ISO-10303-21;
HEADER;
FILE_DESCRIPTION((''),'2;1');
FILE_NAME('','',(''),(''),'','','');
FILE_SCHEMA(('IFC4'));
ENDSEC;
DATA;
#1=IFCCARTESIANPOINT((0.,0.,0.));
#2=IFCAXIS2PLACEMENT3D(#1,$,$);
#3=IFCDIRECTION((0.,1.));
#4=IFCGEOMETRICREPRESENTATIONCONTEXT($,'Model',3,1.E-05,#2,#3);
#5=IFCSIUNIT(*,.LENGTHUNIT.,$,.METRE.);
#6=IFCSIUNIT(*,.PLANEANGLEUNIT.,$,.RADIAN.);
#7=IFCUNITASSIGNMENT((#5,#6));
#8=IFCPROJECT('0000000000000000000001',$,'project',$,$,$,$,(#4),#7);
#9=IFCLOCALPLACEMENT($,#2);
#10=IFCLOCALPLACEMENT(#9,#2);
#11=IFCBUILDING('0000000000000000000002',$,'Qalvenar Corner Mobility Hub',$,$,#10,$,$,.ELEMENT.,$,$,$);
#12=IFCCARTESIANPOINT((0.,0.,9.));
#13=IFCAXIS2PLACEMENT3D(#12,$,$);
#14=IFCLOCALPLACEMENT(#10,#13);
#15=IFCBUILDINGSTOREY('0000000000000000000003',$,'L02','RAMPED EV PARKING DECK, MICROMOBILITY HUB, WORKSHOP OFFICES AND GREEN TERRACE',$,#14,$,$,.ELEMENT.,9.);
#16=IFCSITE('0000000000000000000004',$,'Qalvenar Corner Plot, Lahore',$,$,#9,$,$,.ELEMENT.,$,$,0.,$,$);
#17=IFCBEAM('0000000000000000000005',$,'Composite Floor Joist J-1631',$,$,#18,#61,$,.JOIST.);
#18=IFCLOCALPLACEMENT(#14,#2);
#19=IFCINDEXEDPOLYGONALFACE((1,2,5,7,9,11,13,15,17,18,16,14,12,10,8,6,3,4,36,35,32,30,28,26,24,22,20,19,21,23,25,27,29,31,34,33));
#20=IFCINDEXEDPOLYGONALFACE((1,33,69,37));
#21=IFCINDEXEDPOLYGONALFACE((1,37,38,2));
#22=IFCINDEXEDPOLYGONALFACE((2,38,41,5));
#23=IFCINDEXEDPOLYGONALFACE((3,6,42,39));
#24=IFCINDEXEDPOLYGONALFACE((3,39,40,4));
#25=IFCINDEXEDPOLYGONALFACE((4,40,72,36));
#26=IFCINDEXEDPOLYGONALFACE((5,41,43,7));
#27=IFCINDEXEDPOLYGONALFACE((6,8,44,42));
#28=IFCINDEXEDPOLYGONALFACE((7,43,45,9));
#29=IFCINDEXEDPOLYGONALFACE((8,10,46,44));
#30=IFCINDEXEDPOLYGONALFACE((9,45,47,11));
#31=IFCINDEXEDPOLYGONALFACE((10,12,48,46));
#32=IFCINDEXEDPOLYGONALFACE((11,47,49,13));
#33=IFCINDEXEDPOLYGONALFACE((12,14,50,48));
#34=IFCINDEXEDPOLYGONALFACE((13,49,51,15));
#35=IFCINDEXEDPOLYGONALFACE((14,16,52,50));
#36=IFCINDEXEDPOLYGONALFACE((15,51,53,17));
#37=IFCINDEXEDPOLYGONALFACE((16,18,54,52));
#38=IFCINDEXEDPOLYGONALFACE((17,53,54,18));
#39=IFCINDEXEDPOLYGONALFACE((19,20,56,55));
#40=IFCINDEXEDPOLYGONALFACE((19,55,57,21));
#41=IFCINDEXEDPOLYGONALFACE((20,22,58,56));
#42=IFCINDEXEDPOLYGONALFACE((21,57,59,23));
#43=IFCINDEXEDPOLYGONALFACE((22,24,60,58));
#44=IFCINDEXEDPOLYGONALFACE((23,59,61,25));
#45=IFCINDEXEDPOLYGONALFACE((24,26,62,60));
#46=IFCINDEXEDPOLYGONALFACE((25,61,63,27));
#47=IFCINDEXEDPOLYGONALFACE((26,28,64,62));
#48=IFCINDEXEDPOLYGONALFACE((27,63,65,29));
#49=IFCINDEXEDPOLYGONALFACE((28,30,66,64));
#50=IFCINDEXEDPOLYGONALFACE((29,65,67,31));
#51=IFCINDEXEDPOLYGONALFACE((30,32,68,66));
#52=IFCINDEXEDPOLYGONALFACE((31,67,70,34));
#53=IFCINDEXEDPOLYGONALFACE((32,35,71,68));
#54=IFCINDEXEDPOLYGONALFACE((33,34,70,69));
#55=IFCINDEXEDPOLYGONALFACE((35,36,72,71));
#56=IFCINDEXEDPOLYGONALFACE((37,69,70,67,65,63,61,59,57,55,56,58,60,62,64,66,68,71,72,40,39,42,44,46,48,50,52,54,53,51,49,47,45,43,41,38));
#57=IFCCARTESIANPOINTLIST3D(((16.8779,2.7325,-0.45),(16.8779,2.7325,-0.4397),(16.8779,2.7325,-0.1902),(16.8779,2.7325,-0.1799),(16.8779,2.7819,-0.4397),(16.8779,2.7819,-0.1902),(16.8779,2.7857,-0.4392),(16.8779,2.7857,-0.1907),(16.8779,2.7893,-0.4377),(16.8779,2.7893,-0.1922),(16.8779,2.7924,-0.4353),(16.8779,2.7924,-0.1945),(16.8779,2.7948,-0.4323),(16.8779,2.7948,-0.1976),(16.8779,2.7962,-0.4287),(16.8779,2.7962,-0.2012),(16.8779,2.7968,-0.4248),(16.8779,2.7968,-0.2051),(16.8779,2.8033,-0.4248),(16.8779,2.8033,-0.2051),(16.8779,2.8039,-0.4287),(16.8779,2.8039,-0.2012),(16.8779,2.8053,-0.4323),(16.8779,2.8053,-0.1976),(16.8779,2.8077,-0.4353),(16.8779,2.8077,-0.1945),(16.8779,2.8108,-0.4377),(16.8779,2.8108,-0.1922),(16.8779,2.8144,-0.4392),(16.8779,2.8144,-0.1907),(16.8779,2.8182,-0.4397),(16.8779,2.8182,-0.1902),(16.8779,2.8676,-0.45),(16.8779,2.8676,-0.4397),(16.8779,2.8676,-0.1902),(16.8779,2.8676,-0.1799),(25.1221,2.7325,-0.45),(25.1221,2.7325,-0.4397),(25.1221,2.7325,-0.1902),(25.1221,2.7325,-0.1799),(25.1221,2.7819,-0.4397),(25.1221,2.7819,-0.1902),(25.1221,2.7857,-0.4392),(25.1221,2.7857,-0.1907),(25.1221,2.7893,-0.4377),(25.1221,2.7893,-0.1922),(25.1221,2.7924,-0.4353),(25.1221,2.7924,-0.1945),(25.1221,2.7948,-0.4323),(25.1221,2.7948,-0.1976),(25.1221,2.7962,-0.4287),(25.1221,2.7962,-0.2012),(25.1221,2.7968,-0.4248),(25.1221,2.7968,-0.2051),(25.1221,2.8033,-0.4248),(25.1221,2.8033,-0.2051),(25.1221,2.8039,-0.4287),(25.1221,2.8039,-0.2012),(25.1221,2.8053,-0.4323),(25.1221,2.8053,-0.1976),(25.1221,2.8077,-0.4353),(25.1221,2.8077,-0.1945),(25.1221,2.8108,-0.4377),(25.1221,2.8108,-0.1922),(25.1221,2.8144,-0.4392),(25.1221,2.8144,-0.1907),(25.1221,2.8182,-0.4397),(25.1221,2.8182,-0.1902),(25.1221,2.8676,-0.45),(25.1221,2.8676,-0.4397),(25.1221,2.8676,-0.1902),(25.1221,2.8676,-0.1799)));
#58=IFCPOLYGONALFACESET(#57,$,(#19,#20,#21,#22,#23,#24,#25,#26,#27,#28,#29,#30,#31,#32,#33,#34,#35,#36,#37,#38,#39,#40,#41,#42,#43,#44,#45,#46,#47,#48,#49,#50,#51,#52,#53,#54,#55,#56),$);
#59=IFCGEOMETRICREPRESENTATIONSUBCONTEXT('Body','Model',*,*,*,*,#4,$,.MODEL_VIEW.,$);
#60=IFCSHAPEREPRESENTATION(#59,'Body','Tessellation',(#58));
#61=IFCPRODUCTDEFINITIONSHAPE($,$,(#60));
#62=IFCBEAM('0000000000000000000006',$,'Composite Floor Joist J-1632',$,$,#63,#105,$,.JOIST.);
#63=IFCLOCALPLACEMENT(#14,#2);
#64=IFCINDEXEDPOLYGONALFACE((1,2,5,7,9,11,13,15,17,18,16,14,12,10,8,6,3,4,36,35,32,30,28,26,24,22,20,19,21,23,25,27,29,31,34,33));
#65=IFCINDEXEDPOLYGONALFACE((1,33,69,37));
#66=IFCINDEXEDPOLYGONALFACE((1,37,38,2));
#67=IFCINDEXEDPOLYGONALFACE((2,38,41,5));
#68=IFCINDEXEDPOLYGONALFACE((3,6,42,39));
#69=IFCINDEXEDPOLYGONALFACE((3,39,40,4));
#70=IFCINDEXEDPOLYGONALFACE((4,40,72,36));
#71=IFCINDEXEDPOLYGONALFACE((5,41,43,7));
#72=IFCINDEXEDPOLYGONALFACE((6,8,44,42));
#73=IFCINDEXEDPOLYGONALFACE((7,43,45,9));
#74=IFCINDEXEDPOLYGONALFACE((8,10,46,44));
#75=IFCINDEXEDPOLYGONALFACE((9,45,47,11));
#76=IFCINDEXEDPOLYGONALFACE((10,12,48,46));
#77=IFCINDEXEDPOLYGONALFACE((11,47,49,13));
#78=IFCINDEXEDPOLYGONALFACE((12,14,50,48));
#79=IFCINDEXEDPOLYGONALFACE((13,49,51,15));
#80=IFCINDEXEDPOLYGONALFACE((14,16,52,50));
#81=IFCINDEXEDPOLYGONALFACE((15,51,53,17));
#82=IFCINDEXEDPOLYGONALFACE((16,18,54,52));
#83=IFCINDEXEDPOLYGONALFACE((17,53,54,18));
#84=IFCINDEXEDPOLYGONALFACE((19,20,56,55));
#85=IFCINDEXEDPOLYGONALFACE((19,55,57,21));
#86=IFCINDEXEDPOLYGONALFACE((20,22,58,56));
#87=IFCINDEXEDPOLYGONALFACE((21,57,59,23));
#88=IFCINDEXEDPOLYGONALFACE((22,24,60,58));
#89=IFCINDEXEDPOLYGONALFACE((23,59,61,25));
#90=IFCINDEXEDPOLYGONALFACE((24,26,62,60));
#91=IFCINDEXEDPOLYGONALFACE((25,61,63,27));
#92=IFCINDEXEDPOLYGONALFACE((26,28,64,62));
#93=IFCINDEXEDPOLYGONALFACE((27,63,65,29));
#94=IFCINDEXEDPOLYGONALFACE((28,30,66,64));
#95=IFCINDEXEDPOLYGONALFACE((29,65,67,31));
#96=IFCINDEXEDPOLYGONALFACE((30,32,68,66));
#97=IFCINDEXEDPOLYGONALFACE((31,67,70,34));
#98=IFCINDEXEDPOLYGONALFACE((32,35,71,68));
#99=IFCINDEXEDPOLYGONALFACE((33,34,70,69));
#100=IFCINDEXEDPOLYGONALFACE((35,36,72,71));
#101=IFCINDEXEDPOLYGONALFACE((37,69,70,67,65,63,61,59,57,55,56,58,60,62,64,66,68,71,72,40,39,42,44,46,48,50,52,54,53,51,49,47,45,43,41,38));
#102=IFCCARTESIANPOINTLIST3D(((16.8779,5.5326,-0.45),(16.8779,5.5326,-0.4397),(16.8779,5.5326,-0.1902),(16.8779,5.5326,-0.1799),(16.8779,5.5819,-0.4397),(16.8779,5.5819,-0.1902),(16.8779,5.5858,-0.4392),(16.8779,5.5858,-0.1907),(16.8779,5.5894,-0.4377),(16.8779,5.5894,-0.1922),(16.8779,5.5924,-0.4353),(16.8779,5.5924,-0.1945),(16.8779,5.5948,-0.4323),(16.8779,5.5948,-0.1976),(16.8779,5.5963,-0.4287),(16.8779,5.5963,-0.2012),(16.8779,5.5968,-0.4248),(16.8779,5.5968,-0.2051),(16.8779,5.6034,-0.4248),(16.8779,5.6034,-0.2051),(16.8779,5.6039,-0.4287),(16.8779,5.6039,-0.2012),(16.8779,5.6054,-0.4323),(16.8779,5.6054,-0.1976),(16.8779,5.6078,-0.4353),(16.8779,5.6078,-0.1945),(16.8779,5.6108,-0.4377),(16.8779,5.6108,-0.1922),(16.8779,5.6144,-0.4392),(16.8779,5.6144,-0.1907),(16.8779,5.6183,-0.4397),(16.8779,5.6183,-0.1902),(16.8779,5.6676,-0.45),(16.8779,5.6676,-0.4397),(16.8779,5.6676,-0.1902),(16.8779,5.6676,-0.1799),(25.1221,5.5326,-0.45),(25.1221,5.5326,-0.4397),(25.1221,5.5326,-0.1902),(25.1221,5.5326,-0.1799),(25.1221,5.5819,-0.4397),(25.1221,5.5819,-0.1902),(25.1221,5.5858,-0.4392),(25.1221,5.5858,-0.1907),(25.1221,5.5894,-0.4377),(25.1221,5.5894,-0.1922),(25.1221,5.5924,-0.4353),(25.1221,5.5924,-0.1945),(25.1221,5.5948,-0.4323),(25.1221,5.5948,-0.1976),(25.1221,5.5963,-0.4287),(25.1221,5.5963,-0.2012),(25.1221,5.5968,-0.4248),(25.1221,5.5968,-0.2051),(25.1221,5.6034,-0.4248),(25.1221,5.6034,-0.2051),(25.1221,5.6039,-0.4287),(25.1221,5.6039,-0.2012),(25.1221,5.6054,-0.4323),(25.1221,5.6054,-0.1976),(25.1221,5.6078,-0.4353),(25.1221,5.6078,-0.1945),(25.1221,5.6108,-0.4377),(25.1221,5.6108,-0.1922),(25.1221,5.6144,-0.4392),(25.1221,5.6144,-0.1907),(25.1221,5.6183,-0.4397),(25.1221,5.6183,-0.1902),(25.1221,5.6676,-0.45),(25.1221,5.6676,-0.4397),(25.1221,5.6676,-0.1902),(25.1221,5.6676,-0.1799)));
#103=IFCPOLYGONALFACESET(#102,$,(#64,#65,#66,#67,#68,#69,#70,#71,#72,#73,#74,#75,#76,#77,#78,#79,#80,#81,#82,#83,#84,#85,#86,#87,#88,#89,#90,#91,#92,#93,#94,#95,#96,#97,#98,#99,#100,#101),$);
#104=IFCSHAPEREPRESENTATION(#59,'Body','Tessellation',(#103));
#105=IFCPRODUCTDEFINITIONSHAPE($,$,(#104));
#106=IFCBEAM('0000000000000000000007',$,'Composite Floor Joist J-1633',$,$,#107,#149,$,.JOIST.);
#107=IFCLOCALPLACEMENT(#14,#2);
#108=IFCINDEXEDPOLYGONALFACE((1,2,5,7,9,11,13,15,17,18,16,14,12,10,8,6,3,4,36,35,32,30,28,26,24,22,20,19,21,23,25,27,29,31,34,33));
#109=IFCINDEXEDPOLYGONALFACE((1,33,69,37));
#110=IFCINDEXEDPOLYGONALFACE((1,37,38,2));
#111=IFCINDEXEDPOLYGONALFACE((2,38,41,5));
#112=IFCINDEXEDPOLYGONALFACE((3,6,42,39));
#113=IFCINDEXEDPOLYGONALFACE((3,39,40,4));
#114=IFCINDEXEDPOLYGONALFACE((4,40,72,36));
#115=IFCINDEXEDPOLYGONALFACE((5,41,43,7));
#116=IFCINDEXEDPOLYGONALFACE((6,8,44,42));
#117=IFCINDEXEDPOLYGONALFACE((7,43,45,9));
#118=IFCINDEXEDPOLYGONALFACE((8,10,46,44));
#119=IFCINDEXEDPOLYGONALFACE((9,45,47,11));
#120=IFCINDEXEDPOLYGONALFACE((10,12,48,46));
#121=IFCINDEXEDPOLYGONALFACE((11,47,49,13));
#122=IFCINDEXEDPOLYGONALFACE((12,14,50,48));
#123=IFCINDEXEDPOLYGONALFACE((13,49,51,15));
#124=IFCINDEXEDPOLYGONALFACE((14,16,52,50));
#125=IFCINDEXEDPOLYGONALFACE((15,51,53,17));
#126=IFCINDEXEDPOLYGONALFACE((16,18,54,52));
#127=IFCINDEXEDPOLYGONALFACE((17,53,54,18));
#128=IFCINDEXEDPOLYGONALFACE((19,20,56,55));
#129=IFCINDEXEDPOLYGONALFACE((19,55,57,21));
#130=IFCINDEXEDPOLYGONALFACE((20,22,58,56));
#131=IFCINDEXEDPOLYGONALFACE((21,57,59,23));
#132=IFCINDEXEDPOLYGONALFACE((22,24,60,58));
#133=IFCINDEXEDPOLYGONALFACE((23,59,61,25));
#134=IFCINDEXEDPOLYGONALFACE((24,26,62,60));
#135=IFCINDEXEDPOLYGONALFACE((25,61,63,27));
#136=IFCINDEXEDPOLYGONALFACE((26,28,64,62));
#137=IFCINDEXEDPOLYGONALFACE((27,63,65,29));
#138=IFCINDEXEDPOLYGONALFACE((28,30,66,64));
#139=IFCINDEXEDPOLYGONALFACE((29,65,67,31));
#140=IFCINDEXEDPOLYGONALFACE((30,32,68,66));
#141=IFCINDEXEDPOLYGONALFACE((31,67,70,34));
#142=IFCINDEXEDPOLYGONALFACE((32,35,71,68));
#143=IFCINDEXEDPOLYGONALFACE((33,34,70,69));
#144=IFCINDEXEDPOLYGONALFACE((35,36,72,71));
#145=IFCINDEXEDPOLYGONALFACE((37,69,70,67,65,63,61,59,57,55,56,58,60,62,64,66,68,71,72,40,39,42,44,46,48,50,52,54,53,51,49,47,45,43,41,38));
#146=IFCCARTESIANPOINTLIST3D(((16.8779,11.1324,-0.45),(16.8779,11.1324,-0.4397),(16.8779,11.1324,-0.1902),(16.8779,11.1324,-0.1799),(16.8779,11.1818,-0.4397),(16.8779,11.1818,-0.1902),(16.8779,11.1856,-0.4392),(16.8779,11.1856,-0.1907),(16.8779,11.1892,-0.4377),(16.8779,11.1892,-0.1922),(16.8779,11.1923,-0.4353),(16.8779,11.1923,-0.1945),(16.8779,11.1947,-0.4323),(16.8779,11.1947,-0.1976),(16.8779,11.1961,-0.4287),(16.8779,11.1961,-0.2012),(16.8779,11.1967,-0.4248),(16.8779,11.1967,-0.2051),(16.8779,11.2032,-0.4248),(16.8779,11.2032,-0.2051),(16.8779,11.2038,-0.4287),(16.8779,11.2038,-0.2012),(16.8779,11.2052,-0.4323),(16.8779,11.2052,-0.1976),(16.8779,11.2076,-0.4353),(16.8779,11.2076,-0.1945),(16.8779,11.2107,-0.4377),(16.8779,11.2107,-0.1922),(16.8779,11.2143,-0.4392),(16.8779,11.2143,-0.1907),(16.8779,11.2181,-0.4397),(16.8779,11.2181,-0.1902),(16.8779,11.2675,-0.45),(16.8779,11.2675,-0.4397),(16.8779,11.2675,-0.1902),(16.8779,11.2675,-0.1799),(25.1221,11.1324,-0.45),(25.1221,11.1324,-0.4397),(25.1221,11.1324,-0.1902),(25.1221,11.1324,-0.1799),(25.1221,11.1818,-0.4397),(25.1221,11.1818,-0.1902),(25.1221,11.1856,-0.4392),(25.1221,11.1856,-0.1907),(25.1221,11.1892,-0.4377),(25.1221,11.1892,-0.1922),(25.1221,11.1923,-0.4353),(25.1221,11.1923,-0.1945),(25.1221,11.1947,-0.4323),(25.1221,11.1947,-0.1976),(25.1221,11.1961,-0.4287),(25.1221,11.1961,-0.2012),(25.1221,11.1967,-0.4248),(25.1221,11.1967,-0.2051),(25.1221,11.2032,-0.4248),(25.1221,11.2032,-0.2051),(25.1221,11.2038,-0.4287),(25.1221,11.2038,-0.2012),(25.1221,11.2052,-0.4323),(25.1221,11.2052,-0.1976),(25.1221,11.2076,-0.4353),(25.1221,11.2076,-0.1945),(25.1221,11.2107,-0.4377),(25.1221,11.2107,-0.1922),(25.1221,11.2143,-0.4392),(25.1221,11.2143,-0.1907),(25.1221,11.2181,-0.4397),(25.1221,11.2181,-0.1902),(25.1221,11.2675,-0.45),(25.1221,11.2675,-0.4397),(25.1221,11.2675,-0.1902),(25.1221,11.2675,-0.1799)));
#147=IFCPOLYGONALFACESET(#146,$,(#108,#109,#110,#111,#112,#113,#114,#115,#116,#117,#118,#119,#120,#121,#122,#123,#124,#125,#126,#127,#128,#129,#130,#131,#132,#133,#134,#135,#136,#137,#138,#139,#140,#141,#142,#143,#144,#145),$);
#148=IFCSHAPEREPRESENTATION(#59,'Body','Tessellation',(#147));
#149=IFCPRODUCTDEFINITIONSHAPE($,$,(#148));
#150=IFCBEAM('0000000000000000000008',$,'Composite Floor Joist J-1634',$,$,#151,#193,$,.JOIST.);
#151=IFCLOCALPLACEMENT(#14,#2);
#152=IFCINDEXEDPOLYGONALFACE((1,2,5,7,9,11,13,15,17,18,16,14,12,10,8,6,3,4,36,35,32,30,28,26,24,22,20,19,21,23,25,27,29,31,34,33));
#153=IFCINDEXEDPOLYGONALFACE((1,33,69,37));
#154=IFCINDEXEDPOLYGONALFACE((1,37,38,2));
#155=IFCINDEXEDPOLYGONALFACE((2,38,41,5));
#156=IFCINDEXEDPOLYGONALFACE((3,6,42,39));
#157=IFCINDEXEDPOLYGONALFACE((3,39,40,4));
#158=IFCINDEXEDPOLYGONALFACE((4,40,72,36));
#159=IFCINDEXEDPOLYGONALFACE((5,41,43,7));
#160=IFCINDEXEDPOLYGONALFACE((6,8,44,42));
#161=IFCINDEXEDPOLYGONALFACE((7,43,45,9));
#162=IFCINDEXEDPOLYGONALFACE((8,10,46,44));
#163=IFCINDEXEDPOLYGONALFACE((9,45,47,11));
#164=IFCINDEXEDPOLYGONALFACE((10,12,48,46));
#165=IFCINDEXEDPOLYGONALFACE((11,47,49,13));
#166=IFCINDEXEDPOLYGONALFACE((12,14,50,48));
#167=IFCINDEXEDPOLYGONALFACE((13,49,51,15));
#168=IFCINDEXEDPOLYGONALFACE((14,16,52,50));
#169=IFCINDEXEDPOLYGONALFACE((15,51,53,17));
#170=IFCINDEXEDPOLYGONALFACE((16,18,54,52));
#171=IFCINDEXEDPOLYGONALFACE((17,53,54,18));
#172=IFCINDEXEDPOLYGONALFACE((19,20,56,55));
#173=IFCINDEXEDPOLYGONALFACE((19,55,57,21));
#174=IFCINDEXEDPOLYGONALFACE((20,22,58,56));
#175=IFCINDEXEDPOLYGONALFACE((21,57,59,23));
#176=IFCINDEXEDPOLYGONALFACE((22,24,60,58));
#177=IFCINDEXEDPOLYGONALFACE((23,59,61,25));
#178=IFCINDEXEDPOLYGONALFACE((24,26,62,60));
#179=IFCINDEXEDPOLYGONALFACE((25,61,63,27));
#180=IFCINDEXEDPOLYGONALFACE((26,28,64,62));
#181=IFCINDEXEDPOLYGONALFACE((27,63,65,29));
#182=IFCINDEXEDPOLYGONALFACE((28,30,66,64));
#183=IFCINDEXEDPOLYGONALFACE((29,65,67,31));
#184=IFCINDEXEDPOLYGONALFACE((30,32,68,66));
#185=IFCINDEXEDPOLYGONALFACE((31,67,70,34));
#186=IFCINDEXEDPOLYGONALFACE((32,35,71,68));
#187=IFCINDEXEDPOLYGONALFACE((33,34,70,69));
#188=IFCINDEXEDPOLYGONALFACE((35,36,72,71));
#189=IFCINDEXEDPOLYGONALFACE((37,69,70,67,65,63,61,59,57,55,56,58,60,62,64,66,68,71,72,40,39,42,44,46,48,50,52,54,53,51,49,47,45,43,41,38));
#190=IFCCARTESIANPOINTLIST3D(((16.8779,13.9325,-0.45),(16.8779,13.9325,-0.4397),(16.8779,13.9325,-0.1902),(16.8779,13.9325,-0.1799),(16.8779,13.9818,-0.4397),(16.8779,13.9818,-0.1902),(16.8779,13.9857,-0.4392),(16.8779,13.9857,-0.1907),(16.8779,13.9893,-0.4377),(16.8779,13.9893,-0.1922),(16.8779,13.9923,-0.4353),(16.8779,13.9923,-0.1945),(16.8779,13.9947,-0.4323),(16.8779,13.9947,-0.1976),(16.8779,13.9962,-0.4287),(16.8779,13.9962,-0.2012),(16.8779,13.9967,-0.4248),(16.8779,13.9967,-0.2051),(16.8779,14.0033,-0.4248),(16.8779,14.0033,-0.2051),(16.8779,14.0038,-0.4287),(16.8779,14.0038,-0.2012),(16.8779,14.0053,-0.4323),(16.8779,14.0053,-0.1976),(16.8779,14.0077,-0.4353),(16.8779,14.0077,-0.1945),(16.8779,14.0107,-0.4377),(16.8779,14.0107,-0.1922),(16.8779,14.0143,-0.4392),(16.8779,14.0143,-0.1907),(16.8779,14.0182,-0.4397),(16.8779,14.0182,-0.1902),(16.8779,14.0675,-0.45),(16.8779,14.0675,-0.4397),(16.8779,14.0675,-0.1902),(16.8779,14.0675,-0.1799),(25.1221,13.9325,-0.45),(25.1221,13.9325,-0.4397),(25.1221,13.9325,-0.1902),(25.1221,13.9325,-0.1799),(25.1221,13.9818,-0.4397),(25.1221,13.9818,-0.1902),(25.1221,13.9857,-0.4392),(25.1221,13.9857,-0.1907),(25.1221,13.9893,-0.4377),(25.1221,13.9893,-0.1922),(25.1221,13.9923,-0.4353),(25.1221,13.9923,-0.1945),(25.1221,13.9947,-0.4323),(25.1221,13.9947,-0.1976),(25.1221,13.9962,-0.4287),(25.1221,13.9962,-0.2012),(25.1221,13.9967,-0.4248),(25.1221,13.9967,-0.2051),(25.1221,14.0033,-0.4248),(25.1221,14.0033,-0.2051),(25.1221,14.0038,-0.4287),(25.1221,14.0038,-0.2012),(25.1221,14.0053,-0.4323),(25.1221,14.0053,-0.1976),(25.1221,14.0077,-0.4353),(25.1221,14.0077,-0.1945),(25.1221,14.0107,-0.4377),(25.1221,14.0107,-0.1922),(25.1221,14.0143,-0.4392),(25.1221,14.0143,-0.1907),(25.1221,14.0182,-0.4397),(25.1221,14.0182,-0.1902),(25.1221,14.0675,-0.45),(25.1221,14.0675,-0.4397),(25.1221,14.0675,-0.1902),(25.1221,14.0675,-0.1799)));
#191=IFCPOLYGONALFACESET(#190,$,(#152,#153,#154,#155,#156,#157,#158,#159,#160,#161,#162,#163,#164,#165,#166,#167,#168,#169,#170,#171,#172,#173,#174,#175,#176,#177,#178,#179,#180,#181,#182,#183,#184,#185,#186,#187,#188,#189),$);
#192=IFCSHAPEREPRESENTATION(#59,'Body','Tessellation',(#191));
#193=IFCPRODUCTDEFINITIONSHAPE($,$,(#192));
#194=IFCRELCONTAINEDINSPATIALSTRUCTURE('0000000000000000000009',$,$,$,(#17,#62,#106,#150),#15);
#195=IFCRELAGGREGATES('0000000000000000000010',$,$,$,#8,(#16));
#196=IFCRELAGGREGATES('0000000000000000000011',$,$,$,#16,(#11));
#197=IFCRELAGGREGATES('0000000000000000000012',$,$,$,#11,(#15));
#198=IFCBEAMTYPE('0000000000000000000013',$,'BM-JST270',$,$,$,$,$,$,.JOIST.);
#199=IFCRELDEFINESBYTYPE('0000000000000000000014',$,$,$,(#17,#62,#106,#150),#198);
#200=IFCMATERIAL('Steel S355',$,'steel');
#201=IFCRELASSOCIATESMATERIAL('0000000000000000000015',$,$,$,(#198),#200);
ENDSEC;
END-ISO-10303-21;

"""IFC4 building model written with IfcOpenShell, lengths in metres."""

from ifc_helpers import new_model, si_unit, direction, frame, origin, origin_2d, place, context, subcontext, project, spatial, i_section, extrude, material, material_profile, profile_set, type_object, element, save


model = new_model("IFC4")

# Units and contexts
model_context = context("Model", 3, precision=1e-05, world=origin(), true_north=direction((0.0, 1.0)))
body_context = subcontext(model_context, "Body", "Model", "MODEL_VIEW")
ifc_project = project(units=[si_unit("LENGTHUNIT", "METRE"), si_unit("PLANEANGLEUNIT", "RADIAN")], contexts=[model_context])

# Site, building, storey
site_placement = place(None, origin())
site = spatial("IfcSite", under=ifc_project, at=site_placement, Name="Qalvenar Corner Plot, Lahore", CompositionType="ELEMENT", RefElevation=0.0)
building_placement = place(site_placement, origin())
building = spatial("IfcBuilding", under=site, at=building_placement, Name="Qalvenar Corner Mobility Hub", CompositionType="ELEMENT")
storey_placement = place(building_placement, frame((0.0, 0.0, 9.0)))
storey = spatial("IfcBuildingStorey", under=building, at=storey_placement, Name="L02", Description="RAMPED EV PARKING DECK, MICROMOBILITY HUB, WORKSHOP OFFICES AND GREEN TERRACE", CompositionType="ELEMENT", Elevation=9.0)

# Shared definitions
ifc_material_1 = material(Name="Steel S355", Category="steel")

# Beams
ifc_material_profile_1 = material_profile(ifc_material_1, i_section(OverallWidth=0.135, OverallDepth=0.27, WebThickness=0.0066, FlangeThickness=0.0103, FilletRadius=0.0149, at=origin_2d()), Name="IPE270")
ifc_profile_set_1 = profile_set([ifc_material_profile_1], Name="Steel S355")
beam_type_1 = type_object("IfcBeamType", Name="BM-JST270", PredefinedType="JOIST", material=ifc_profile_set_1)
for number, where, z_axis, x_axis, name in (
    (1, (16.8779, 2.8, -0.3149), (1.0, 0.0, 0.0), (0.0, 1.0, 0.0), "Composite Floor Joist J-1631"),
    (2, (16.8779, 5.6001, -0.3149), (1.0, 0.0, 0.0), (0.0, 1.0, 0.0), "Composite Floor Joist J-1632"),
    (3, (16.8779, 11.2, -0.3149), (1.0, 0.0, 0.0), (0.0, 1.0, 0.0), "Composite Floor Joist J-1633"),
    (4, (16.8779, 14.0, -0.3149), (1.0, 0.0, 0.0), (0.0, 1.0, 0.0), "Composite Floor Joist J-1634"),
):
    element("IfcBeam", number, at=place(storey_placement, frame(where, z_axis=z_axis, x_axis=x_axis)), inside=storey, type_object=beam_type_1, Name=name, PredefinedType="JOIST", context=body_context, shape_type="SweptSolid", body=[
        extrude(i_section(OverallWidth=0.135, OverallDepth=0.27, WebThickness=0.0066, FlangeThickness=0.0103, FilletRadius=0.0149, at=origin_2d()), origin(), (0.0, 0.0, 1.0), 8.2441),
    ])

save(model, "model.ifc")
